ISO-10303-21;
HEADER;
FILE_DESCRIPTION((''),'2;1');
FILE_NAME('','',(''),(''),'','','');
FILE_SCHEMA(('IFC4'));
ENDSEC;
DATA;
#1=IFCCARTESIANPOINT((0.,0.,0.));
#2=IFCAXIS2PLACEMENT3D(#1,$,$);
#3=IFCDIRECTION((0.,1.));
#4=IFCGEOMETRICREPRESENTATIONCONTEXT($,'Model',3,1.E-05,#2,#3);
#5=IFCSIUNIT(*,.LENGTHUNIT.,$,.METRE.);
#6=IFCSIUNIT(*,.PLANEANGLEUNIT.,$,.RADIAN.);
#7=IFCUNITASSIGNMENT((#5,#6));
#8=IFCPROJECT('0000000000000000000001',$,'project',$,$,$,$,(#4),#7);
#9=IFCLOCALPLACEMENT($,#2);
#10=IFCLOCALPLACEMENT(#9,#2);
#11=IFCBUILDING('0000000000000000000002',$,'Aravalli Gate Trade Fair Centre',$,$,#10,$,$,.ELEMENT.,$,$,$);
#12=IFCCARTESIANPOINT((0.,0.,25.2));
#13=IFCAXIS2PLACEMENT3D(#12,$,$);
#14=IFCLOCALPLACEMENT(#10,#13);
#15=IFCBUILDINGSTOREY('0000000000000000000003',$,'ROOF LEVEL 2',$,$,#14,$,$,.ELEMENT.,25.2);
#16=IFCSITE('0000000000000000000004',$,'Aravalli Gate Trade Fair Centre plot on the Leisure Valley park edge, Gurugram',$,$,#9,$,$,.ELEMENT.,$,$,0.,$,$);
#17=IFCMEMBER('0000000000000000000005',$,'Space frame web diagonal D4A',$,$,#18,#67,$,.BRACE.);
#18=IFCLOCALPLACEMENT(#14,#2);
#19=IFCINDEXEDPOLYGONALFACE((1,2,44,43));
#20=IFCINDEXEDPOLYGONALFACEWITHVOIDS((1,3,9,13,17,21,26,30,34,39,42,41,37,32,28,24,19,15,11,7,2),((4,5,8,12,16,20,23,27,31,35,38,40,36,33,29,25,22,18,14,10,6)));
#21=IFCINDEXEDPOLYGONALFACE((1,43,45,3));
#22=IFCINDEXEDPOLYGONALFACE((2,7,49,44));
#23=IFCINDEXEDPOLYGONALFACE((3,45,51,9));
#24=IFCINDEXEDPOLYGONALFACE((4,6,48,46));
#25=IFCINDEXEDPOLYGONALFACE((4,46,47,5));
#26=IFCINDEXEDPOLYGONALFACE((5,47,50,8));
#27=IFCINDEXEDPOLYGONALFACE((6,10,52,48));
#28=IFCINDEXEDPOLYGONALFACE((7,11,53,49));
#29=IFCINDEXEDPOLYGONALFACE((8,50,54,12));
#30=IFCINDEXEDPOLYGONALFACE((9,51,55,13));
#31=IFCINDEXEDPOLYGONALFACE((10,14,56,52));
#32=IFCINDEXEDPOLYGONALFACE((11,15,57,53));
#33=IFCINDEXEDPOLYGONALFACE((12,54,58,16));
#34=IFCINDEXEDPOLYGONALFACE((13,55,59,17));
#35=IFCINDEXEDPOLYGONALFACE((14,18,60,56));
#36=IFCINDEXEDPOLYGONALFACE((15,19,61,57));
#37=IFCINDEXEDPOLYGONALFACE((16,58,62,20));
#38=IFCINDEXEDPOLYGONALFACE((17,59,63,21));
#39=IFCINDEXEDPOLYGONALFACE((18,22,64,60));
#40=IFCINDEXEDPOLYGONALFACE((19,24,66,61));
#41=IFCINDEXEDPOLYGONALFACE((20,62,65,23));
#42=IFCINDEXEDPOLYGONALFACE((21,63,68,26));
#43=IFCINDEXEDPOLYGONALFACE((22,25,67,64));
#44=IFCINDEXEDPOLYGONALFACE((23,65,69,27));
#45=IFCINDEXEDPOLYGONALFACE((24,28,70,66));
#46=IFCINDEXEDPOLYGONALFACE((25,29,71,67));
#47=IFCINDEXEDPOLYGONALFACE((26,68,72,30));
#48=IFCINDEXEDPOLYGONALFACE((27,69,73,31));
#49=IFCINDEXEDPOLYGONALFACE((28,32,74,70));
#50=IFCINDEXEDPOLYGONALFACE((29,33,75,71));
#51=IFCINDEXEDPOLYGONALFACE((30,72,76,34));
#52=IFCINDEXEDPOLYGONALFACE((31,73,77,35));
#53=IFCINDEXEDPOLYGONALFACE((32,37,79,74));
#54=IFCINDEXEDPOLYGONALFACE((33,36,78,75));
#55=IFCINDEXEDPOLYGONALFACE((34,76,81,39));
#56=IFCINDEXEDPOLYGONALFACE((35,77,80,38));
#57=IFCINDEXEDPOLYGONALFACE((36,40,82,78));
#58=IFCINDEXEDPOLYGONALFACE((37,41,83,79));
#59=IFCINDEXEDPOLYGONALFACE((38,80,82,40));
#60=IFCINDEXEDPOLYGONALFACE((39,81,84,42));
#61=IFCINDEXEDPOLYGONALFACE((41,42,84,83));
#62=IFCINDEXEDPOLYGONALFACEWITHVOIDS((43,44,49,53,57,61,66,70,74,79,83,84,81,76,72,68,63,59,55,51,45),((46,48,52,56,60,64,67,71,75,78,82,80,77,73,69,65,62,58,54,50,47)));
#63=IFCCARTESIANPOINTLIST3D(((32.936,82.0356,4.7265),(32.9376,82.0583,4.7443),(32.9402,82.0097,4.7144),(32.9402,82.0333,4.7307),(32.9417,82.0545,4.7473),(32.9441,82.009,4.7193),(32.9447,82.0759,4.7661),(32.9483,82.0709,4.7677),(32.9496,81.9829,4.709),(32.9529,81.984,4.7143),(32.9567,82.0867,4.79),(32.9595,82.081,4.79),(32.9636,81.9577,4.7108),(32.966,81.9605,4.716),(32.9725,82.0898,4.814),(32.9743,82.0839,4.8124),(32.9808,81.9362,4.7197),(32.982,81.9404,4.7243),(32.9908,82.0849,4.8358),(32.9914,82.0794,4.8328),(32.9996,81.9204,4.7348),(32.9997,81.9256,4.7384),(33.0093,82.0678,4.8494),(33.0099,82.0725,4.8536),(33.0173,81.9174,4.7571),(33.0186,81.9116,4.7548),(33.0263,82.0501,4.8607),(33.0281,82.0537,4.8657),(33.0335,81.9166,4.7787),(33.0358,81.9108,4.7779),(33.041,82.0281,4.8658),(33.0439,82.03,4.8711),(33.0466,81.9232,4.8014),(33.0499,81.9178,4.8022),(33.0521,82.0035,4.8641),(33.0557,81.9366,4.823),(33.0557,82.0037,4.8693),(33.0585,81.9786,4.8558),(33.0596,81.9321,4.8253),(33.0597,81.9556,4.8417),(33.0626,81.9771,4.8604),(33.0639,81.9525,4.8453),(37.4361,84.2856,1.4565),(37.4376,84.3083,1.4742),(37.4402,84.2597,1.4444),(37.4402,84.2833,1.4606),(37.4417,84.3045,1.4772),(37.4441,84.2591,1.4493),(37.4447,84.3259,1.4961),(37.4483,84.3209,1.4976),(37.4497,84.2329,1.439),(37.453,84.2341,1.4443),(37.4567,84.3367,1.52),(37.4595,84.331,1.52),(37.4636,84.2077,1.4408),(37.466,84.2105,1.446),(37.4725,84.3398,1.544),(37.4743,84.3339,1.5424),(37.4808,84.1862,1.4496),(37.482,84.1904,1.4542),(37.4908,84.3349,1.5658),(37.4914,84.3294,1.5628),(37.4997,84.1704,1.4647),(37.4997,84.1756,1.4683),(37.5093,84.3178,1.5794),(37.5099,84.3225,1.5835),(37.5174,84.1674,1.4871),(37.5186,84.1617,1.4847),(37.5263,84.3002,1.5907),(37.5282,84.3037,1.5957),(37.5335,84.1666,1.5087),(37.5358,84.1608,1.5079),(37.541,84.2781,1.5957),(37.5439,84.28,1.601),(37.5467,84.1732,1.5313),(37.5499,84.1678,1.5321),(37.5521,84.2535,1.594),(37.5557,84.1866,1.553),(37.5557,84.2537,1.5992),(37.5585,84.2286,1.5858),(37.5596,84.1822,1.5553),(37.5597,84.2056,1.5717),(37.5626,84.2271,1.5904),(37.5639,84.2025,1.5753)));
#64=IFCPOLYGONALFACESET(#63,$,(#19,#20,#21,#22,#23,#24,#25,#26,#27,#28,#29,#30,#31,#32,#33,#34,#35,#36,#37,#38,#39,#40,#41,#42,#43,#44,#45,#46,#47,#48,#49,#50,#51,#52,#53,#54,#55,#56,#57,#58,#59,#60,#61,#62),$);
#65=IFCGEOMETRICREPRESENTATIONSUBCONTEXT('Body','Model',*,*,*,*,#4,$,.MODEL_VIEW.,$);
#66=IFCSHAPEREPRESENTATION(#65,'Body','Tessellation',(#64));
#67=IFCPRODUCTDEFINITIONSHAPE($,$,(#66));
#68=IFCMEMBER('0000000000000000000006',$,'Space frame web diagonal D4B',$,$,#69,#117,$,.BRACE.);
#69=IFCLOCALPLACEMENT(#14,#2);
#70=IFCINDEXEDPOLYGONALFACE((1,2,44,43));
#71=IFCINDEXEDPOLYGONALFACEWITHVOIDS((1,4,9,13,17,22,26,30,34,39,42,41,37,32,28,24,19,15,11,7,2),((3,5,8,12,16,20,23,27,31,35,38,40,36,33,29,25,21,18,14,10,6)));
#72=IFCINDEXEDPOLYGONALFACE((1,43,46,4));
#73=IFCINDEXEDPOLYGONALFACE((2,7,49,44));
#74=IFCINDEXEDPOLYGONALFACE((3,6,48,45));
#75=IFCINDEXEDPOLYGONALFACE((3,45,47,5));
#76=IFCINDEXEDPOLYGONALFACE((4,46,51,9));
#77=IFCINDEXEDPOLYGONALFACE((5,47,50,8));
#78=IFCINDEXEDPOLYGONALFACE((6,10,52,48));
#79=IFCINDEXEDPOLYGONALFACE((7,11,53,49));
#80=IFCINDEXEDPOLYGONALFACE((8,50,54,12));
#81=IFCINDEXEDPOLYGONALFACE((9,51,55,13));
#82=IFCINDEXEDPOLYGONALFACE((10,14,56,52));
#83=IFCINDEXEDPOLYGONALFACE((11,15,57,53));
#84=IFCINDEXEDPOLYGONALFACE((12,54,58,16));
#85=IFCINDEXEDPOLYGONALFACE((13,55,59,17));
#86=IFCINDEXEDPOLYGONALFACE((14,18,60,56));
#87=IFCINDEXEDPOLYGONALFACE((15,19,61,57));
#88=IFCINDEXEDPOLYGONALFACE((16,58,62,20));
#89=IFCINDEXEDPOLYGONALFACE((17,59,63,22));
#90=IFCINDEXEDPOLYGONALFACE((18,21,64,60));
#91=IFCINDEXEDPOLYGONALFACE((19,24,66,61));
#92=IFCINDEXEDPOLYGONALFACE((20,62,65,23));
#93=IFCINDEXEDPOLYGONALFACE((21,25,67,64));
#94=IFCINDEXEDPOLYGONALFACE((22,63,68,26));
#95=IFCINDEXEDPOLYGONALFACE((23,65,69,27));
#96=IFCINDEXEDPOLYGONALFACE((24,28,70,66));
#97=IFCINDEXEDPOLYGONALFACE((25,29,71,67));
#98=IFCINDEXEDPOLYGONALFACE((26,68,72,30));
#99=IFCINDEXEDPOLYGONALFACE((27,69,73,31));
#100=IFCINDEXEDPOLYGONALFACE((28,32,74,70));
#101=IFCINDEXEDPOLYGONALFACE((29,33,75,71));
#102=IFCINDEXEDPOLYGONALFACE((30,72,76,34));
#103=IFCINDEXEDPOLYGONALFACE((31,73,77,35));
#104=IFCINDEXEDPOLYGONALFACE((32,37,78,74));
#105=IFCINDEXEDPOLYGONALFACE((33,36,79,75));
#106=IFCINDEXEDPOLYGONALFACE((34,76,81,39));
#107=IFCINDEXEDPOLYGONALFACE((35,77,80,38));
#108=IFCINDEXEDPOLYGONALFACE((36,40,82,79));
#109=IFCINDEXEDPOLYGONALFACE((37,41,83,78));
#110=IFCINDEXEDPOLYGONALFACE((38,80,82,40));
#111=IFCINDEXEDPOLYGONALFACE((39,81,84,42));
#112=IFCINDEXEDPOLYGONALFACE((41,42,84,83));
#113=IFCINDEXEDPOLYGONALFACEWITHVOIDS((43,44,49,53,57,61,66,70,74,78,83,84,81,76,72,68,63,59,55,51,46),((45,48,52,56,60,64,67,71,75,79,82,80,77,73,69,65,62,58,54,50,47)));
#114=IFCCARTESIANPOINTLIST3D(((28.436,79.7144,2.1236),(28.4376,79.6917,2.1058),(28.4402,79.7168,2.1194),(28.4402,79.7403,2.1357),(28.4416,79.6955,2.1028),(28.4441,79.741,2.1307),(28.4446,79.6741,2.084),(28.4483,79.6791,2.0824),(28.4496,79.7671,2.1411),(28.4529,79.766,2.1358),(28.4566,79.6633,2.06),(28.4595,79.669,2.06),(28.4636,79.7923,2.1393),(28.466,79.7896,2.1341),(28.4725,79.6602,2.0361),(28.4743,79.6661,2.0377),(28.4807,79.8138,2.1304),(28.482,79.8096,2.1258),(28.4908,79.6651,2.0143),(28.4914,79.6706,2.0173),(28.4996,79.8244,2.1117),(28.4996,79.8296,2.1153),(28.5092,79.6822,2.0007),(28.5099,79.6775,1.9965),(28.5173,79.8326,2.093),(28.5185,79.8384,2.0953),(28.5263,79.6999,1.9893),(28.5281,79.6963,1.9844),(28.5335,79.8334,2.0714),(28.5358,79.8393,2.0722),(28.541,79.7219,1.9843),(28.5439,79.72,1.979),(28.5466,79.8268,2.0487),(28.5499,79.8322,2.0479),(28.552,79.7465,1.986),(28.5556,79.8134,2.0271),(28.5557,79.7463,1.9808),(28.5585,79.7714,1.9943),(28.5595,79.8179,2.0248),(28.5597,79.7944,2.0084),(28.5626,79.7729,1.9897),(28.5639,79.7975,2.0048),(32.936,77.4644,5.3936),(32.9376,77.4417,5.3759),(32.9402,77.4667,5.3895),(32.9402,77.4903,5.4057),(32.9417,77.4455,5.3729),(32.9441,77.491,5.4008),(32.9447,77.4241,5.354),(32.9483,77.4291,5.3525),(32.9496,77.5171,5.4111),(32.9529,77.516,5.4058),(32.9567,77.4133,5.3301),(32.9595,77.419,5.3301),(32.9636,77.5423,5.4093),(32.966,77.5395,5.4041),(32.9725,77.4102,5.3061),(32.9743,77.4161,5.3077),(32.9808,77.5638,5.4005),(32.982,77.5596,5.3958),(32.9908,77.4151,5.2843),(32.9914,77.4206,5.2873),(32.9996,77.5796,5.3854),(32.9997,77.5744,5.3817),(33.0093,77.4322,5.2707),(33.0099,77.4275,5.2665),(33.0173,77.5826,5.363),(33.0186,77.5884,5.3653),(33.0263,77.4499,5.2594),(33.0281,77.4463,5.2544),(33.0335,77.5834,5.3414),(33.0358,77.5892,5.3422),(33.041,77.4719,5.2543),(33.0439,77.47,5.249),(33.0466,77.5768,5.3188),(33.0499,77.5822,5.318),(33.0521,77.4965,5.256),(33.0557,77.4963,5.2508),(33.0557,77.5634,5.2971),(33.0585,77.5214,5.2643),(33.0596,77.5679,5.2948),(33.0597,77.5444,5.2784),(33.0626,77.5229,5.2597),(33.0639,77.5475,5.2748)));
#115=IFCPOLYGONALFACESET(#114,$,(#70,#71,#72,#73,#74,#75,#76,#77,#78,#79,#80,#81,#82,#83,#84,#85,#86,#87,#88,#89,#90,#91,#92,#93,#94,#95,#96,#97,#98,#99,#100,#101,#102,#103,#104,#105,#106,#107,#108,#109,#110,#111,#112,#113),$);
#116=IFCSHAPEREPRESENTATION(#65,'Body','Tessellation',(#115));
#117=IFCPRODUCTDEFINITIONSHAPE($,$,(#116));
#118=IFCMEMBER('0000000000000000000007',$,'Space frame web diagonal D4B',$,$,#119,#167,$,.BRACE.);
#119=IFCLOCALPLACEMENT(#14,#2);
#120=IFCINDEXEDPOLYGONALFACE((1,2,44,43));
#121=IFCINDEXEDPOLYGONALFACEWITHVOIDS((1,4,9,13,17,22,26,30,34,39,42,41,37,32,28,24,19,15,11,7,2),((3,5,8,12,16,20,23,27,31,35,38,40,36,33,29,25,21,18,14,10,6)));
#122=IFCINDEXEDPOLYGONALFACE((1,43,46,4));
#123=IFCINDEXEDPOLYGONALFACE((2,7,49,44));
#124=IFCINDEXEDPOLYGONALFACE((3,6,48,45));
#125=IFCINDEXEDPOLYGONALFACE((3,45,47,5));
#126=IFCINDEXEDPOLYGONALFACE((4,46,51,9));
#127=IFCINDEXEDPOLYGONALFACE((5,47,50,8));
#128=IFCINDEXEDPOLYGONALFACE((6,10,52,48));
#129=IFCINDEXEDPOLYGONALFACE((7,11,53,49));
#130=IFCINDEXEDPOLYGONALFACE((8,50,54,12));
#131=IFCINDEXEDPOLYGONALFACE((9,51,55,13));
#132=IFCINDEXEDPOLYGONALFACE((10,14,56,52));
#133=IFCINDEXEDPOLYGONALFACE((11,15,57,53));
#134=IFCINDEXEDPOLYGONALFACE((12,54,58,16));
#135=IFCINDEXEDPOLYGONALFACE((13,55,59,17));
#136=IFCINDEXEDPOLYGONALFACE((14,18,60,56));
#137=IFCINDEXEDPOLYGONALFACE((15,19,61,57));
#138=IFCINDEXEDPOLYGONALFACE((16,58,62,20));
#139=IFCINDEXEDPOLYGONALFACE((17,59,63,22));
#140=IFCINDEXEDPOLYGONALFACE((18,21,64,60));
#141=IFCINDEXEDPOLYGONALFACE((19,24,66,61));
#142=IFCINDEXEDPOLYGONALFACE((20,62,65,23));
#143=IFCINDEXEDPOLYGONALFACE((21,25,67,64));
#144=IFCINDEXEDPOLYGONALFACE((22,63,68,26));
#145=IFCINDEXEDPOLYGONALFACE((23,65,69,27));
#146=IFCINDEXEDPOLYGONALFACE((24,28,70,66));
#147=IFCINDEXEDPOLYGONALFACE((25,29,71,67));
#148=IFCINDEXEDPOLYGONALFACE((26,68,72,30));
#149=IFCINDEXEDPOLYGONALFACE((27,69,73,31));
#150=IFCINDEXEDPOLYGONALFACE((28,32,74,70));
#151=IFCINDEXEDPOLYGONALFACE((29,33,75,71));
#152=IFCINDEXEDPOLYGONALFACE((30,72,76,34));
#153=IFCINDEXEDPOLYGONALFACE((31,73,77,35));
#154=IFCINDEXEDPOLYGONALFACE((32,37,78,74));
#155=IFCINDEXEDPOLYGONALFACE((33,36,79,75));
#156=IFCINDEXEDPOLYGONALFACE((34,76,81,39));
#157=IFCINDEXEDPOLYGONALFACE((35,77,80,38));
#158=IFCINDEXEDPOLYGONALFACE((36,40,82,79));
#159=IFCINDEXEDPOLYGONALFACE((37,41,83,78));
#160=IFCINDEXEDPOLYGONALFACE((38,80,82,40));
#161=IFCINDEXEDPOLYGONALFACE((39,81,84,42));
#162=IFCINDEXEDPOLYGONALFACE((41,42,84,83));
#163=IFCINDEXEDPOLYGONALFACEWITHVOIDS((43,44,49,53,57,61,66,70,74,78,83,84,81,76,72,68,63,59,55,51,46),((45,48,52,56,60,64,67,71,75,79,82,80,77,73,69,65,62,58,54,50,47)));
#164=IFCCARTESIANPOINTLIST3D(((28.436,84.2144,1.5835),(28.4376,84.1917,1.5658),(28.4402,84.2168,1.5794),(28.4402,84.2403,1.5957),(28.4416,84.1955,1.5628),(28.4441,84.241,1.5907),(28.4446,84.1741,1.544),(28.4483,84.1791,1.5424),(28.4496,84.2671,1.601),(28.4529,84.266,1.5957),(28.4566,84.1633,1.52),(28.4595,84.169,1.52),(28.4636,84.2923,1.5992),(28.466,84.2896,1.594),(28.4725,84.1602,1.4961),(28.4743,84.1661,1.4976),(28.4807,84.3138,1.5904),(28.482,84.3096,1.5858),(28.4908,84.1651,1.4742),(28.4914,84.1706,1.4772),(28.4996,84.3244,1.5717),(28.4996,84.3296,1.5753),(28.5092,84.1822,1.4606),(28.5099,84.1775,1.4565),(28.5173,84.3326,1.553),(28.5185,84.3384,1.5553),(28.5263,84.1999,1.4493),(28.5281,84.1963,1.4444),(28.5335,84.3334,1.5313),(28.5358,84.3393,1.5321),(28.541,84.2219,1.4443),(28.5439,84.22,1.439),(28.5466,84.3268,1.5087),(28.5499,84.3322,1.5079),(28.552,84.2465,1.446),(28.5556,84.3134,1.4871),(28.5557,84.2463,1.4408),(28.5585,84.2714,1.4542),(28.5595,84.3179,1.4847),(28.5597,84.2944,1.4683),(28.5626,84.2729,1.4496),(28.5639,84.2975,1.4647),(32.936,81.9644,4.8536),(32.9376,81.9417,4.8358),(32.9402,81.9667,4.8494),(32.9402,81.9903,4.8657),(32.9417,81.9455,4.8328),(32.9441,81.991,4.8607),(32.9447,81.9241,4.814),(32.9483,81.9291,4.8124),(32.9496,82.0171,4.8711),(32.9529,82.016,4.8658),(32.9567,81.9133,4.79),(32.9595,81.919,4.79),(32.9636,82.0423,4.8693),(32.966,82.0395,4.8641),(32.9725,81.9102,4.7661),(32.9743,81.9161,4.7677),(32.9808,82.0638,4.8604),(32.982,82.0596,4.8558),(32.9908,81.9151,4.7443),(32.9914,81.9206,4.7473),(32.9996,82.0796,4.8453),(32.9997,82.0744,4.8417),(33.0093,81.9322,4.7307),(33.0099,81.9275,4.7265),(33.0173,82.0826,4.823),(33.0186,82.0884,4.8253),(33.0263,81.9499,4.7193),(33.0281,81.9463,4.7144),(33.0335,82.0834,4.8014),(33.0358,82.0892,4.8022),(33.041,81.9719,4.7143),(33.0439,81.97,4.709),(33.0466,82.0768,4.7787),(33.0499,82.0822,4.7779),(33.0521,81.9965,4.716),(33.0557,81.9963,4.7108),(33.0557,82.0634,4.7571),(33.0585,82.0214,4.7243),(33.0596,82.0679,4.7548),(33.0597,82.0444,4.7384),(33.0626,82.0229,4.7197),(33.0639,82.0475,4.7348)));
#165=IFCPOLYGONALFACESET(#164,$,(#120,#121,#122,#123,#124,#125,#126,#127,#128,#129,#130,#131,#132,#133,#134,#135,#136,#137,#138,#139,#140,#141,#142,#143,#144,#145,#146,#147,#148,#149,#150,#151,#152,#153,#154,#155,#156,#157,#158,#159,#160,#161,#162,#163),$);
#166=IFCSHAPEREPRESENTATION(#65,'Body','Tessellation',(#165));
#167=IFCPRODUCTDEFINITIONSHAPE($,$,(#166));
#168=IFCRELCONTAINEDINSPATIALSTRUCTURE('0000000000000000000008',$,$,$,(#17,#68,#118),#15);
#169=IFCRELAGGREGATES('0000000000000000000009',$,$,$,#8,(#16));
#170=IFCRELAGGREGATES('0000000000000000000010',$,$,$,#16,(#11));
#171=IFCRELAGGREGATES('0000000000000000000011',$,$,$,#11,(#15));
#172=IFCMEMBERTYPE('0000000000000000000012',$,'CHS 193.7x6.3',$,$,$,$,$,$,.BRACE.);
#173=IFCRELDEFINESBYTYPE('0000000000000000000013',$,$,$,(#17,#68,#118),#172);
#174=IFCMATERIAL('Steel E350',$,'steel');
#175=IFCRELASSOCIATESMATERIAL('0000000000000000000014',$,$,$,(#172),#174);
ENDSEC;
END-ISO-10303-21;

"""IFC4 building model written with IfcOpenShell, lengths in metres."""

from ifc_helpers import new_model, si_unit, direction, frame, origin, origin_2d, place, context, subcontext, project, spatial, hollow_circle, extrude, material, material_profile, profile_set, type_object, element, save


model = new_model("IFC4")

# Units and contexts
model_context = context("Model", 3, precision=1e-05, world=origin(), true_north=direction((0.0, 1.0)))
body_context = subcontext(model_context, "Body", "Model", "MODEL_VIEW")
ifc_project = project(units=[si_unit("LENGTHUNIT", "METRE"), si_unit("PLANEANGLEUNIT", "RADIAN")], contexts=[model_context])

# Site, building, storey
site_placement = place(None, origin())
site = spatial("IfcSite", under=ifc_project, at=site_placement, Name="Aravalli Gate Trade Fair Centre plot on the Leisure Valley park edge, Gurugram", CompositionType="ELEMENT", RefElevation=0.0)
building_placement = place(site_placement, origin())
building = spatial("IfcBuilding", under=site, at=building_placement, Name="Aravalli Gate Trade Fair Centre", CompositionType="ELEMENT")
storey_placement = place(building_placement, frame((0.0, 0.0, 25.2)))
storey = spatial("IfcBuildingStorey", under=building, at=storey_placement, Name="ROOF LEVEL 2", CompositionType="ELEMENT", Elevation=25.2)

# Members
ifc_material_1 = material(Name="Steel E350", Category="steel")
ifc_material_profile_1 = material_profile(ifc_material_1, hollow_circle(Radius=0.0969, WallThickness=0.0063, at=origin_2d()), Name="CHS 193.7x6.3")
ifc_profile_set_1 = profile_set([ifc_material_profile_1], Name="Steel E350")
member_type_1 = type_object("IfcMemberType", Name="CHS 193.7x6.3", PredefinedType="BRACE", material=ifc_profile_set_1)
for number, where, z_axis, x_axis, name in (
    (1, (33.0, 82.0, 4.79), (0.749942, 0.374971, -0.544961), (-0.447214, 0.894427, 0.0), "Space frame web diagonal D4A"),
    (2, (33.0, 77.5, 5.3301), (-0.749942, 0.374971, -0.544961), (-0.447214, -0.894427, 0.0), "Space frame web diagonal D4B"),
    (3, (33.0, 82.0, 4.79), (-0.749942, 0.374971, -0.544961), (-0.447214, -0.894427, 0.0), "Space frame web diagonal D4B"),
):
    element("IfcMember", number, at=place(storey_placement, frame(where, z_axis=z_axis, x_axis=x_axis)), inside=storey, type_object=member_type_1, Name=name, PredefinedType="BRACE", context=body_context, shape_type="SweptSolid", body=[
        extrude(hollow_circle(Radius=0.0969, WallThickness=0.0063, at=origin_2d()), origin(), (0.0, 0.0, 1.0), 6.0005),
    ])

save(model, "model.ifc")
